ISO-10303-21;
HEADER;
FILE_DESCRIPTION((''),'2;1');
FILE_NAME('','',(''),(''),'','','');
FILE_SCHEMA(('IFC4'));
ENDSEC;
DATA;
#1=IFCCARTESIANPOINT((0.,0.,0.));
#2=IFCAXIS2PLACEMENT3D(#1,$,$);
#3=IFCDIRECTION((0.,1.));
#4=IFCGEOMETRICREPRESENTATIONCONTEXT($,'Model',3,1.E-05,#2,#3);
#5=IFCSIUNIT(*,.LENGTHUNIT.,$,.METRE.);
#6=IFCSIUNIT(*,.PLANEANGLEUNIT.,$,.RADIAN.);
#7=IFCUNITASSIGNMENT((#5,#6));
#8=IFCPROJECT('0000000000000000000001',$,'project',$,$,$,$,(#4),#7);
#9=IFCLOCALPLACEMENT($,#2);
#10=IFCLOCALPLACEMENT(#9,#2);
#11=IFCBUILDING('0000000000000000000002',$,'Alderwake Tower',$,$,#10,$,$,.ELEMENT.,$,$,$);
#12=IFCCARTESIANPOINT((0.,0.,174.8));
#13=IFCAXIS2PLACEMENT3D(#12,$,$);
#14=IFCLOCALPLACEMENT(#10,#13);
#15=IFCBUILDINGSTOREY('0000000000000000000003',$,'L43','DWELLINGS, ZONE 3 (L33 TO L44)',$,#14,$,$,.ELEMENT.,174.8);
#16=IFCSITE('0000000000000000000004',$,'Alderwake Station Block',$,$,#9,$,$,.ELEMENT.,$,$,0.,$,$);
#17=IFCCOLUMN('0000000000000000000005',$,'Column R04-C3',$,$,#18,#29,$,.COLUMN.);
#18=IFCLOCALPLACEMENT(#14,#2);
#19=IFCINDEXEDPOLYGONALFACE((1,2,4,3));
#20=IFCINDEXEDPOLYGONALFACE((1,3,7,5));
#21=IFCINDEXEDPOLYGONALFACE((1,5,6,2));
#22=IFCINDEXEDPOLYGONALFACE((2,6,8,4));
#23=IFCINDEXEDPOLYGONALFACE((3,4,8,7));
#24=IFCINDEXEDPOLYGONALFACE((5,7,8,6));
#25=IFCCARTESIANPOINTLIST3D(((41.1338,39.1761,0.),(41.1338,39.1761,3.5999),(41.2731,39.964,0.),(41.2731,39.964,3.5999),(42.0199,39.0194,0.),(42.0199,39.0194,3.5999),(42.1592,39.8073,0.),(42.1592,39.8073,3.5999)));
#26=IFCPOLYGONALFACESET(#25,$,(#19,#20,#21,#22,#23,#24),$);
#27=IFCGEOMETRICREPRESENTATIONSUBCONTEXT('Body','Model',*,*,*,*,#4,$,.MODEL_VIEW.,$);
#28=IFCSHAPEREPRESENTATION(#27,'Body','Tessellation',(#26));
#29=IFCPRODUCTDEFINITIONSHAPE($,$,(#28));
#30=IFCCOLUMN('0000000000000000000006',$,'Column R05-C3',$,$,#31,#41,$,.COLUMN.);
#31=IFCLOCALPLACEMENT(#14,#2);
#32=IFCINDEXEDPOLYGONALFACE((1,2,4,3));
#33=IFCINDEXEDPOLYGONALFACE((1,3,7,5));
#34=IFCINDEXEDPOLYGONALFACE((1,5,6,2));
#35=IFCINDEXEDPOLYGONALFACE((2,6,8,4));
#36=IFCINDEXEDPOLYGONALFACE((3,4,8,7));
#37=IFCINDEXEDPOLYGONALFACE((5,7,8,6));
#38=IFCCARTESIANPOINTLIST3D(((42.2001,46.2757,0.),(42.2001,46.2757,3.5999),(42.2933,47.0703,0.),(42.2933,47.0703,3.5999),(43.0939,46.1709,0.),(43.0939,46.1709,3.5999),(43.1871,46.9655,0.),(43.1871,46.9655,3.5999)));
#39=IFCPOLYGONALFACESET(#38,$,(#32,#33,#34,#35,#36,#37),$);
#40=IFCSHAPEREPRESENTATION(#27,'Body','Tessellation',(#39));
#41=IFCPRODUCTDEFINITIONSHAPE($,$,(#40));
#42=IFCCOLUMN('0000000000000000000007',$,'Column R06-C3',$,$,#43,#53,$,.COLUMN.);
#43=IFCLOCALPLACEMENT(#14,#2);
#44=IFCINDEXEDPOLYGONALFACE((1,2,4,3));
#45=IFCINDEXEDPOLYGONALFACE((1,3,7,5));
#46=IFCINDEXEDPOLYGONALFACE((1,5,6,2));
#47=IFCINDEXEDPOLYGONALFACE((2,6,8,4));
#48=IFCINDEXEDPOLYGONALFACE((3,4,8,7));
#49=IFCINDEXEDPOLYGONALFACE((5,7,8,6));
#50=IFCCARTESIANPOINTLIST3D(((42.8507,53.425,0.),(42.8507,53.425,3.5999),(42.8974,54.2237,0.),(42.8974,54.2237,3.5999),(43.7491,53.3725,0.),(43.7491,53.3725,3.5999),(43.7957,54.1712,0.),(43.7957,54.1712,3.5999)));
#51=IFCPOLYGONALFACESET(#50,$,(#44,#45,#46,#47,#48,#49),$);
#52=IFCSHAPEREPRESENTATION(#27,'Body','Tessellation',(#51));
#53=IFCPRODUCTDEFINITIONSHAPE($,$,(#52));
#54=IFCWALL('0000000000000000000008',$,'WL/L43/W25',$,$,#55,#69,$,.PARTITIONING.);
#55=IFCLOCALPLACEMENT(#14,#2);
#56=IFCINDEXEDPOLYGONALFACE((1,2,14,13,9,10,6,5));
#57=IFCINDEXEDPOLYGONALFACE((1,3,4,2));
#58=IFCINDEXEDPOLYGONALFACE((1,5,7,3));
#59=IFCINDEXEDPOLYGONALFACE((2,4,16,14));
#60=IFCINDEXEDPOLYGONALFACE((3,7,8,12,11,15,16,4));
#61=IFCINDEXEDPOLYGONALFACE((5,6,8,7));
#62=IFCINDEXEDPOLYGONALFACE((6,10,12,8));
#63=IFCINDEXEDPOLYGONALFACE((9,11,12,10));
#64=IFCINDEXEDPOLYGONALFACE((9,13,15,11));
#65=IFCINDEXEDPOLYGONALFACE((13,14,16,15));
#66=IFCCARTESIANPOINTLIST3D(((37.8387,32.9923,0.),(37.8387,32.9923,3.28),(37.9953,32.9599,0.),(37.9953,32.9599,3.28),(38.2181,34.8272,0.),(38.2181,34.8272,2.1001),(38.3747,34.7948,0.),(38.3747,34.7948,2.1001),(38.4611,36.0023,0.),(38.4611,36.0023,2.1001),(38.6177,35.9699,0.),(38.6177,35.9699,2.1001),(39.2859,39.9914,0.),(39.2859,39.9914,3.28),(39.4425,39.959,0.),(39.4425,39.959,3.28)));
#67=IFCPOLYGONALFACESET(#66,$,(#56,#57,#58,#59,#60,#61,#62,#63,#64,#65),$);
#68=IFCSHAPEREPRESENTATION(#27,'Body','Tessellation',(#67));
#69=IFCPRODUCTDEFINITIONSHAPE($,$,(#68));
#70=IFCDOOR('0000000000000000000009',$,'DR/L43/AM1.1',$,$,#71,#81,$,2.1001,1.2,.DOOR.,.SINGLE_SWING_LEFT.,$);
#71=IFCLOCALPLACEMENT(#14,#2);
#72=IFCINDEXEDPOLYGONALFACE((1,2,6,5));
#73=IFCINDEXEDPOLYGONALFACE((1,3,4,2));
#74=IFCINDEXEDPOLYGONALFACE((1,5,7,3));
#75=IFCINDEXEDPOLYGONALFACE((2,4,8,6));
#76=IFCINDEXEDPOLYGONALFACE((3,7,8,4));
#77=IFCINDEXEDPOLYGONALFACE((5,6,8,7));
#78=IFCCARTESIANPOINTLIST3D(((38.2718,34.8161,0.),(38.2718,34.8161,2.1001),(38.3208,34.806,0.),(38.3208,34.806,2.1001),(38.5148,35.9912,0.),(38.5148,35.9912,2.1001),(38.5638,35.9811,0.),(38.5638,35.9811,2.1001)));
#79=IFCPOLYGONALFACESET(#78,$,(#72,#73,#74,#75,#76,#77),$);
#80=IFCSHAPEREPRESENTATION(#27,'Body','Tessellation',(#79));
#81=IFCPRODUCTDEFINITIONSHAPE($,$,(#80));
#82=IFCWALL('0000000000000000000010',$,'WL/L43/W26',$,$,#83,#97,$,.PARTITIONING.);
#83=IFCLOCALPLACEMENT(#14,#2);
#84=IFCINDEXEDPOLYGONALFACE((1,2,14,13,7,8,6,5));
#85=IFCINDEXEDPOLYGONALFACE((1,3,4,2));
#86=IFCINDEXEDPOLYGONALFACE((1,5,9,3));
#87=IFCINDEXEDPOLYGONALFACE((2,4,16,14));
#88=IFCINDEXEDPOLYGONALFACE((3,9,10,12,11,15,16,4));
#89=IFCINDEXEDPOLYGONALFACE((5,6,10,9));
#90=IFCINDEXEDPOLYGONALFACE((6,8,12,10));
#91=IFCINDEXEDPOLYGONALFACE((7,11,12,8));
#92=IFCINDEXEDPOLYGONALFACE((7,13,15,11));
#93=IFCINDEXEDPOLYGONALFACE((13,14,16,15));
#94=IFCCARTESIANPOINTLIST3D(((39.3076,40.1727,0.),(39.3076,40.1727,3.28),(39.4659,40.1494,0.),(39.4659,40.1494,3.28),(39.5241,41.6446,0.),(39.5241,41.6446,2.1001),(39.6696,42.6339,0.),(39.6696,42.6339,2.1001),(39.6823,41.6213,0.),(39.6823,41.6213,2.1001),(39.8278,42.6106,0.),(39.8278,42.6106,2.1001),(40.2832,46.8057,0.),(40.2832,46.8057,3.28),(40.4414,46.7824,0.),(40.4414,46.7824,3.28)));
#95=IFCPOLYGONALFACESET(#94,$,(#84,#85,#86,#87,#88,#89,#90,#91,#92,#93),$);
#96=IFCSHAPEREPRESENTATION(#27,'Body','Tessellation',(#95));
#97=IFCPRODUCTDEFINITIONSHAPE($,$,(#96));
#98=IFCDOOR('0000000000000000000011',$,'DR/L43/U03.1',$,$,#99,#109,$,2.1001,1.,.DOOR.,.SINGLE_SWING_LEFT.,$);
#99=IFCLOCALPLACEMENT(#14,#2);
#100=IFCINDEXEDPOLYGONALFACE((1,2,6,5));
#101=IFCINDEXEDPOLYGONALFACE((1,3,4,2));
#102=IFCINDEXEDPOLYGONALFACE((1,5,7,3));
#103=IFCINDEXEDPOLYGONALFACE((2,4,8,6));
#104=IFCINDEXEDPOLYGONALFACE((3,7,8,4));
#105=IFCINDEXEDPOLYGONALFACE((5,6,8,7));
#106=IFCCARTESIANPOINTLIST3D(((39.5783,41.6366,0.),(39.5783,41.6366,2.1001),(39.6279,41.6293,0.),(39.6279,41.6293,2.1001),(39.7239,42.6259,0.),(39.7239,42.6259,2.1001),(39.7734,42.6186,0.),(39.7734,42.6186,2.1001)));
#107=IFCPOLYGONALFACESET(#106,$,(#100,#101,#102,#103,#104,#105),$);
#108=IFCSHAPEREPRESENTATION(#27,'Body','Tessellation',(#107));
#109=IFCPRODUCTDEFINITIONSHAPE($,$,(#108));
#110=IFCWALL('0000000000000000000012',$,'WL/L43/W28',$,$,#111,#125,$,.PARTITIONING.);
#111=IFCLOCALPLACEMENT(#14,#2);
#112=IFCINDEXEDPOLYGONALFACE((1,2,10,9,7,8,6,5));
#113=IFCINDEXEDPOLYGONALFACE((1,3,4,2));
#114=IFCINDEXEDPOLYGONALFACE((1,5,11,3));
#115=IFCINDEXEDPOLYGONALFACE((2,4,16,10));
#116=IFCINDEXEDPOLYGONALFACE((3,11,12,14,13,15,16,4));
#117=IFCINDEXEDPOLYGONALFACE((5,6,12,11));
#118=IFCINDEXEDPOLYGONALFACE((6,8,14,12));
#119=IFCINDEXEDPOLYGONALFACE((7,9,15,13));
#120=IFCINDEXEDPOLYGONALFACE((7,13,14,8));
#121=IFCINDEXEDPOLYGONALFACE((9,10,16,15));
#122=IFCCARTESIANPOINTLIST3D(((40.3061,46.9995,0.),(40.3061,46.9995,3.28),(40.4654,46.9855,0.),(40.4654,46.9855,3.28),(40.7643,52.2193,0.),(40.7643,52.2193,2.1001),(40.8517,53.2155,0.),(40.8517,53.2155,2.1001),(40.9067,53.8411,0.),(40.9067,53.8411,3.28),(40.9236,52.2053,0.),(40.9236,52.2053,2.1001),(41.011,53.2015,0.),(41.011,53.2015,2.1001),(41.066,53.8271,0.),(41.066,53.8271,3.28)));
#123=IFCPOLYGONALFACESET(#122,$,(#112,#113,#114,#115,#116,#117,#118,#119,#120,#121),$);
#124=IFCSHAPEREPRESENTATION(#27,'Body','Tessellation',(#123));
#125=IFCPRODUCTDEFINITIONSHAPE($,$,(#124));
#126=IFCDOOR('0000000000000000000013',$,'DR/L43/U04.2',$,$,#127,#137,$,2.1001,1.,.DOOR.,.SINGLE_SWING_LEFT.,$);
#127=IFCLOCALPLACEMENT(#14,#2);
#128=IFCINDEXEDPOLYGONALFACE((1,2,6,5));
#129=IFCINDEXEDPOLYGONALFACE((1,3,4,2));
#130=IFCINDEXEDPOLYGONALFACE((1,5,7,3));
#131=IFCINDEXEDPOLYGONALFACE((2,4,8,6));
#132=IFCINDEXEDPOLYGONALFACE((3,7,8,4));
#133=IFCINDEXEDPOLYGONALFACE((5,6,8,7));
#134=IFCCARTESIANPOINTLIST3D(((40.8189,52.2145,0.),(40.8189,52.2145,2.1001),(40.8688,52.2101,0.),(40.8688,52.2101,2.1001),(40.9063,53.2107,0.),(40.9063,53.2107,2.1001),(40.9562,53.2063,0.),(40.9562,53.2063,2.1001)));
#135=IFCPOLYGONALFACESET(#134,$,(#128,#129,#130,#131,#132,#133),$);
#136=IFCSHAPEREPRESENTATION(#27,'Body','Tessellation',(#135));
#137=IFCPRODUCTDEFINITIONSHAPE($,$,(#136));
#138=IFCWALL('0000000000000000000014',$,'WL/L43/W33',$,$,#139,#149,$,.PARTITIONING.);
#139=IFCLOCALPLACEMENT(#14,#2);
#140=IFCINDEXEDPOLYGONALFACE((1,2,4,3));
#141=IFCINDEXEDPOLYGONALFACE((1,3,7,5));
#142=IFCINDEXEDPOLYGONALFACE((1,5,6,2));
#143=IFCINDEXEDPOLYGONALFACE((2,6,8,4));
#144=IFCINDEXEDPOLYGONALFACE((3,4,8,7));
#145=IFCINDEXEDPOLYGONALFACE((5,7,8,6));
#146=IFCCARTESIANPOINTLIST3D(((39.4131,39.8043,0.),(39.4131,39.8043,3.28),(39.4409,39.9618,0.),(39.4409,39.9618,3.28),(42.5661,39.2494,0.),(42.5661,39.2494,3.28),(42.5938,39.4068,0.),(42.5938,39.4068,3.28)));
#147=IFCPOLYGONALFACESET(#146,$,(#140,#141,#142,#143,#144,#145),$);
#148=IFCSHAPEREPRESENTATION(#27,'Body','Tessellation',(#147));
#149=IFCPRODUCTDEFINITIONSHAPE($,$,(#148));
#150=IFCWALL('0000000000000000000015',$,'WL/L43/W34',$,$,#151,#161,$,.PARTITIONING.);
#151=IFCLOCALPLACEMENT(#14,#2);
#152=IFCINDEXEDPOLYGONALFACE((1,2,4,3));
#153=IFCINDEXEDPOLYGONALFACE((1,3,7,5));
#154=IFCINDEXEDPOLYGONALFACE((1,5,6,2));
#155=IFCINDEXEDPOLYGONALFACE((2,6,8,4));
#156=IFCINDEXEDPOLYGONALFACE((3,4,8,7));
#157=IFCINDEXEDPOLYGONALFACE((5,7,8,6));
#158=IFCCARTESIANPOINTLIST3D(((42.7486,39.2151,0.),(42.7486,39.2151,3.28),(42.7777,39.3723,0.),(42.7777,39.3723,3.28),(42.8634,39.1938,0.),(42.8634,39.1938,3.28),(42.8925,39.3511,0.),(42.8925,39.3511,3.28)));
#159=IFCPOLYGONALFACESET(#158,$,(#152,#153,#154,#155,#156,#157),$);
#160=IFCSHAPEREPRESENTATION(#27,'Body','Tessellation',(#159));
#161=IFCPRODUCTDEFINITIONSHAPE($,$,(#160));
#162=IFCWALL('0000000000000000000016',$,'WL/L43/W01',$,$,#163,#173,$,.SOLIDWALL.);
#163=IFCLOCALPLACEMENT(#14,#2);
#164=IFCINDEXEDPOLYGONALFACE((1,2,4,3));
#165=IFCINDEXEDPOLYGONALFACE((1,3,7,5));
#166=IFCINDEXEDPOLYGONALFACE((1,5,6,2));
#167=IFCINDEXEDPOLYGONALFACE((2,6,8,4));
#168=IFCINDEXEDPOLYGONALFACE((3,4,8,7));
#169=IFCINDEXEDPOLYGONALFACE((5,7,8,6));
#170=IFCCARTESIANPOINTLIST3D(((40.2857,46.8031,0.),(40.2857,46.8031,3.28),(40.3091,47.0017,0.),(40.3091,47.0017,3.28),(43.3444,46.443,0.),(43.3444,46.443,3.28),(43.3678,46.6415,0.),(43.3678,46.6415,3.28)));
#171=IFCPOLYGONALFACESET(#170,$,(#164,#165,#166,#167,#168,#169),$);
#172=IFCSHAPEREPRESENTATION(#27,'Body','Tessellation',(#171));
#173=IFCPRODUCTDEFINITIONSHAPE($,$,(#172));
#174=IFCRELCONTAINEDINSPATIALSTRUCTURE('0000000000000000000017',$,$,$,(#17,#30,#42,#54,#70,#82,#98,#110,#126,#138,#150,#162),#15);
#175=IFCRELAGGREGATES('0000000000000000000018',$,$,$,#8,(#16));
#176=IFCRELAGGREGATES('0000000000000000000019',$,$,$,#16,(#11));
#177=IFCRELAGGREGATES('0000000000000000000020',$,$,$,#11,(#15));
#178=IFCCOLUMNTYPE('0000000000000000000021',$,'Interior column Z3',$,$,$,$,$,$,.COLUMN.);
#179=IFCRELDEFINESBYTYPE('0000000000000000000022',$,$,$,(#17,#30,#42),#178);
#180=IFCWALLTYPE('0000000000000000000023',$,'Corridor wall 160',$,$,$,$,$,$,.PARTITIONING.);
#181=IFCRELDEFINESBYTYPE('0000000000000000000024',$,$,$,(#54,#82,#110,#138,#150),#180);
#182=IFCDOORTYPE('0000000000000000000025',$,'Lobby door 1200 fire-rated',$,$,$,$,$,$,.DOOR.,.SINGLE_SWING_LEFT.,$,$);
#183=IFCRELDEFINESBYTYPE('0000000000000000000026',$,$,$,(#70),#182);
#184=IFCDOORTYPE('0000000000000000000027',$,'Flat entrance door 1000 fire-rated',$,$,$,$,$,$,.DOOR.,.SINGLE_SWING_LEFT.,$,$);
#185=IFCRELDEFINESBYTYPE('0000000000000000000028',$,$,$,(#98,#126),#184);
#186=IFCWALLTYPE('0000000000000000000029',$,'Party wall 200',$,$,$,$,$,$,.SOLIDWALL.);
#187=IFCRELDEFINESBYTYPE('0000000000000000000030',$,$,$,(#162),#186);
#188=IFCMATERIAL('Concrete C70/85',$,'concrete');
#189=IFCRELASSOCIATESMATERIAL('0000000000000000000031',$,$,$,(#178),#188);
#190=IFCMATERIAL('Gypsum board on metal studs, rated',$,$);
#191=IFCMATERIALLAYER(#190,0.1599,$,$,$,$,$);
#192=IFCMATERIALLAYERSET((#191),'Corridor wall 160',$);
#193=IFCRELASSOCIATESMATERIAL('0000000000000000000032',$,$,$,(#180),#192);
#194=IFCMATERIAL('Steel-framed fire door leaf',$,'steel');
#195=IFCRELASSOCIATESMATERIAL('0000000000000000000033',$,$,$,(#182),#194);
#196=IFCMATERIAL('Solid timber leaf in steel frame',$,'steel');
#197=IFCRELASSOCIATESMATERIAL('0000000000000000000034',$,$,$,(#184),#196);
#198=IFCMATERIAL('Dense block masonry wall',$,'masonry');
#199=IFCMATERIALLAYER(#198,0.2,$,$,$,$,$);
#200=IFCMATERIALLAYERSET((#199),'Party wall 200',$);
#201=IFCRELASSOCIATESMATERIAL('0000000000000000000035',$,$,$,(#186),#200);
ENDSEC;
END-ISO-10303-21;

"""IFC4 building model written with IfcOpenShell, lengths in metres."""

from ifc_helpers import new_model, si_unit, direction, frame, frame_2d, origin, origin_2d, place, context, subcontext, project, spatial, rectangle, extrude, material, layer, layer_set, material_profile, profile_set, type_object, element, fill, save


model = new_model("IFC4")

# Units and contexts
model_context = context("Model", 3, precision=1e-05, world=origin(), true_north=direction((0.0, 1.0)))
body_context = subcontext(model_context, "Body", "Model", "MODEL_VIEW")
ifc_project = project(units=[si_unit("LENGTHUNIT", "METRE"), si_unit("PLANEANGLEUNIT", "RADIAN")], contexts=[model_context])

# Site, building, storey
site_placement = place(None, origin())
site = spatial("IfcSite", under=ifc_project, at=site_placement, Name="Alderwake Station Block", CompositionType="ELEMENT", RefElevation=0.0)
building_placement = place(site_placement, origin())
building = spatial("IfcBuilding", under=site, at=building_placement, Name="Alderwake Tower", CompositionType="ELEMENT")
storey_placement = place(building_placement, frame((0.0, 0.0, 174.8)))
storey = spatial("IfcBuildingStorey", under=building, at=storey_placement, Name="L43", Description="DWELLINGS, ZONE 3 (L33 TO L44)", CompositionType="ELEMENT", Elevation=174.8)

# Columns
ifc_material_1 = material(Name="Concrete C70/85", Category="concrete")
ifc_material_profile = material_profile(ifc_material_1, rectangle(XDim=0.8, YDim=0.8999, at=origin_2d()), Name="RC 900X800")
ifc_profile_set = profile_set([ifc_material_profile], Name="Concrete C70/85")
column_type = type_object("IfcColumnType", Name="Interior column Z3", PredefinedType="COLUMN", material=ifc_profile_set)
for number, where, z_axis, x_axis, name in (
    (1, (41.6465, 39.4917, 0.0), (0.0, 0.0, 1.0), (0.174109, 0.984726, 0.0), "Column R04-C3"),
    (2, (42.6936, 46.6206, 0.0), (0.0, 0.0, 1.0), (0.116402, 0.993202, 0.0), "Column R05-C3"),
    (3, (43.3232, 53.7981, 0.0), (0.0, 0.0, 1.0), (0.058299, 0.998299, 0.0), "Column R06-C3"),
):
    element("IfcColumn", number, at=place(storey_placement, frame(where, z_axis=z_axis, x_axis=x_axis)), inside=storey, type_object=column_type, Name=name, PredefinedType="COLUMN", context=body_context, shape_type="SweptSolid", body=[
        extrude(rectangle(XDim=0.8, YDim=0.8999, at=origin_2d()), origin(), (0.0, 0.0, 1.0), 3.5999),
    ])

# Walls, openings, doors
ifc_material_2 = material(Name="Gypsum board on metal studs, rated")
ifc_layer_1 = layer(ifc_material_2, 0.1599)
ifc_layer_set_1 = layer_set([ifc_layer_1], Name="Corridor wall 160")
wall_type_1 = type_object("IfcWallType", Name="Corridor wall 160", PredefinedType="PARTITIONING", material=ifc_layer_set_1)
wall_1_placement = place(storey_placement, frame((39.3643, 39.9753, 0.0), z_axis=(0.0, 0.0, 1.0), x_axis=(-0.20249, -0.979284, 0.0)))
wall_1 = element("IfcWall", 4, at=wall_1_placement, inside=storey, type_object=wall_type_1, Name="WL/L43/W25", PredefinedType="PARTITIONING", context=body_context, shape_type="SweptSolid", body=[
    extrude(rectangle(XDim=7.1472, YDim=0.1599, at=frame_2d((3.5737, 0.0))), origin(), (0.0, 0.0, 1.0), 3.28),
])
opening_1_placement = place(wall_1_placement, frame((4.0735, 0.0, 0.0)))
opening_1 = element("IfcOpeningElement", 5, at=opening_1_placement, cuts=wall_1, PredefinedType="OPENING", context=body_context, shape_type="SweptSolid", body=[
    extrude(rectangle(XDim=1.2, YDim=2.1001, at=frame_2d((0.6001, 1.05))), frame((0.0, 0.0898, 0.0), z_axis=(0.0, -1.0, 0.0), x_axis=(1.0, 0.0, 0.0)), (0.0, 0.0, 1.0), 0.1799),
])
ifc_material_3 = material(Name="Steel-framed fire door leaf", Category="steel")
door_type_1 = type_object("IfcDoorType", Name="Lobby door 1200 fire-rated", OperationType="SINGLE_SWING_LEFT", PredefinedType="DOOR", material=ifc_material_3)
door_1_placement = place(opening_1_placement, origin())
door_1 = element("IfcDoor", 6, at=door_1_placement, inside=storey, type_object=door_type_1, Name="DR/L43/AM1.1", OperationType="SINGLE_SWING_LEFT", OverallHeight=2.1001, OverallWidth=1.2, PredefinedType="DOOR", context=body_context, shape_type="SweptSolid", body=[
    extrude(rectangle(XDim=1.2, YDim=2.1001, at=frame_2d((0.6001, 1.05))), frame((0.0, 0.0249, 0.0), z_axis=(0.0, -1.0, 0.0), x_axis=(1.0, 0.0, 0.0)), (0.0, 0.0, 1.0), 0.05),
])
fill(opening_1, door_1)
wall_2_placement = place(storey_placement, frame((40.3623, 46.7939, 0.0), z_axis=(0.0, 0.0, 1.0), x_axis=(-0.145514, -0.989356, 0.0)))
wall_2 = element("IfcWall", 7, at=wall_2_placement, inside=storey, type_object=wall_type_1, Name="WL/L43/W26", PredefinedType="PARTITIONING", context=body_context, shape_type="SweptSolid", body=[
    extrude(rectangle(XDim=6.7043, YDim=0.1599, at=frame_2d((3.3521, 0.0))), origin(), (0.0, 0.0, 1.0), 3.28),
])
opening_2_placement = place(wall_2_placement, frame((4.2166, 0.0, 0.0)))
opening_2 = element("IfcOpeningElement", 8, at=opening_2_placement, cuts=wall_2, PredefinedType="OPENING", context=body_context, shape_type="SweptSolid", body=[
    extrude(rectangle(XDim=1.0, YDim=2.1001, at=frame_2d((0.5, 1.05))), frame((0.0, 0.0898, 0.0), z_axis=(0.0, -1.0, 0.0), x_axis=(1.0, 0.0, 0.0)), (0.0, 0.0, 1.0), 0.1799),
])
ifc_material_4 = material(Name="Solid timber leaf in steel frame", Category="steel")
door_type_2 = type_object("IfcDoorType", Name="Flat entrance door 1000 fire-rated", OperationType="SINGLE_SWING_LEFT", PredefinedType="DOOR", material=ifc_material_4)
door_2_placement = place(opening_2_placement, origin())
door_2 = element("IfcDoor", 9, at=door_2_placement, inside=storey, type_object=door_type_2, Name="DR/L43/U03.1", OperationType="SINGLE_SWING_LEFT", OverallHeight=2.1001, OverallWidth=1.0, PredefinedType="DOOR", context=body_context, shape_type="SweptSolid", body=[
    extrude(rectangle(XDim=1.0, YDim=2.1001, at=frame_2d((0.5, 1.05))), frame((0.0, 0.0249, 0.0), z_axis=(0.0, -1.0, 0.0), x_axis=(1.0, 0.0, 0.0)), (0.0, 0.0, 1.0), 0.05),
])
fill(opening_2, door_2)
wall_3_placement = place(storey_placement, frame((40.9863, 53.8342, 0.0), z_axis=(0.0, 0.0, 1.0), x_axis=(-0.087449, -0.996169, 0.0)))
wall_3 = element("IfcWall", 10, at=wall_3_placement, inside=storey, type_object=wall_type_1, Name="WL/L43/W28", PredefinedType="PARTITIONING", context=body_context, shape_type="SweptSolid", body=[
    extrude(rectangle(XDim=6.8679, YDim=0.1599, at=frame_2d((3.4341, 0.0))), origin(), (0.0, 0.0, 1.0), 3.28),
])
opening_3_placement = place(wall_3_placement, frame((0.6282, 0.0, 0.0)))
opening_3 = element("IfcOpeningElement", 11, at=opening_3_placement, cuts=wall_3, PredefinedType="OPENING", context=body_context, shape_type="SweptSolid", body=[
    extrude(rectangle(XDim=1.0, YDim=2.1001, at=frame_2d((0.5, 1.05))), frame((0.0, 0.0898, 0.0), z_axis=(0.0, -1.0, 0.0), x_axis=(1.0, 0.0, 0.0)), (0.0, 0.0, 1.0), 0.1799),
])
door_3_placement = place(opening_3_placement, origin())
door_3 = element("IfcDoor", 12, at=door_3_placement, inside=storey, type_object=door_type_2, Name="DR/L43/U04.2", OperationType="SINGLE_SWING_LEFT", OverallHeight=2.1001, OverallWidth=1.0, PredefinedType="DOOR", context=body_context, shape_type="SweptSolid", body=[
    extrude(rectangle(XDim=1.0, YDim=2.1001, at=frame_2d((0.5, 1.05))), frame((0.0, 0.0249, 0.0), z_axis=(0.0, -1.0, 0.0), x_axis=(1.0, 0.0, 0.0)), (0.0, 0.0, 1.0), 0.05),
])
fill(opening_3, door_3)

# Walls
wall_4_placement = place(storey_placement, frame((42.5798, 39.3281, 0.0), z_axis=(0.0, 0.0, 1.0), x_axis=(-0.984863, 0.173333, 0.0)))
element("IfcWall", 13, at=wall_4_placement, inside=storey, type_object=wall_type_1, Name="WL/L43/W33", PredefinedType="PARTITIONING", context=body_context, shape_type="SweptSolid", body=[
    extrude(rectangle(XDim=3.2014, YDim=0.1599, at=frame_2d((1.6006, 0.0))), origin(), (0.0, 0.0, 1.0), 3.28),
])
wall_5_placement = place(storey_placement, frame((42.8779, 39.2725, 0.0), z_axis=(0.0, 0.0, 1.0), x_axis=(-0.983296, 0.182014, 0.0)))
element("IfcWall", 14, at=wall_5_placement, inside=storey, type_object=wall_type_1, Name="WL/L43/W34", PredefinedType="PARTITIONING", context=body_context, shape_type="SweptSolid", body=[
    extrude(rectangle(XDim=0.1167, YDim=0.1599, at=frame_2d((0.0583, 0.0))), origin(), (0.0, 0.0, 1.0), 3.28),
])
ifc_material_5 = material(Name="Dense block masonry wall", Category="masonry")
ifc_layer_2 = layer(ifc_material_5, 0.2)
ifc_layer_set_2 = layer_set([ifc_layer_2], Name="Party wall 200")
wall_type_2 = type_object("IfcWallType", Name="Party wall 200", PredefinedType="SOLIDWALL", material=ifc_layer_set_2)
wall_6_placement = place(storey_placement, frame((43.3562, 46.5422, 0.0), z_axis=(0.0, 0.0, 1.0), x_axis=(-0.99314, 0.116929, 0.0)))
element("IfcWall", 15, at=wall_6_placement, inside=storey, type_object=wall_type_2, Name="WL/L43/W01", PredefinedType="SOLIDWALL", context=body_context, shape_type="SweptSolid", body=[
    extrude(rectangle(XDim=3.0798, YDim=0.2, at=frame_2d((1.54, 0.0))), origin(), (0.0, 0.0, 1.0), 3.28),
])

save(model, "model.ifc")
